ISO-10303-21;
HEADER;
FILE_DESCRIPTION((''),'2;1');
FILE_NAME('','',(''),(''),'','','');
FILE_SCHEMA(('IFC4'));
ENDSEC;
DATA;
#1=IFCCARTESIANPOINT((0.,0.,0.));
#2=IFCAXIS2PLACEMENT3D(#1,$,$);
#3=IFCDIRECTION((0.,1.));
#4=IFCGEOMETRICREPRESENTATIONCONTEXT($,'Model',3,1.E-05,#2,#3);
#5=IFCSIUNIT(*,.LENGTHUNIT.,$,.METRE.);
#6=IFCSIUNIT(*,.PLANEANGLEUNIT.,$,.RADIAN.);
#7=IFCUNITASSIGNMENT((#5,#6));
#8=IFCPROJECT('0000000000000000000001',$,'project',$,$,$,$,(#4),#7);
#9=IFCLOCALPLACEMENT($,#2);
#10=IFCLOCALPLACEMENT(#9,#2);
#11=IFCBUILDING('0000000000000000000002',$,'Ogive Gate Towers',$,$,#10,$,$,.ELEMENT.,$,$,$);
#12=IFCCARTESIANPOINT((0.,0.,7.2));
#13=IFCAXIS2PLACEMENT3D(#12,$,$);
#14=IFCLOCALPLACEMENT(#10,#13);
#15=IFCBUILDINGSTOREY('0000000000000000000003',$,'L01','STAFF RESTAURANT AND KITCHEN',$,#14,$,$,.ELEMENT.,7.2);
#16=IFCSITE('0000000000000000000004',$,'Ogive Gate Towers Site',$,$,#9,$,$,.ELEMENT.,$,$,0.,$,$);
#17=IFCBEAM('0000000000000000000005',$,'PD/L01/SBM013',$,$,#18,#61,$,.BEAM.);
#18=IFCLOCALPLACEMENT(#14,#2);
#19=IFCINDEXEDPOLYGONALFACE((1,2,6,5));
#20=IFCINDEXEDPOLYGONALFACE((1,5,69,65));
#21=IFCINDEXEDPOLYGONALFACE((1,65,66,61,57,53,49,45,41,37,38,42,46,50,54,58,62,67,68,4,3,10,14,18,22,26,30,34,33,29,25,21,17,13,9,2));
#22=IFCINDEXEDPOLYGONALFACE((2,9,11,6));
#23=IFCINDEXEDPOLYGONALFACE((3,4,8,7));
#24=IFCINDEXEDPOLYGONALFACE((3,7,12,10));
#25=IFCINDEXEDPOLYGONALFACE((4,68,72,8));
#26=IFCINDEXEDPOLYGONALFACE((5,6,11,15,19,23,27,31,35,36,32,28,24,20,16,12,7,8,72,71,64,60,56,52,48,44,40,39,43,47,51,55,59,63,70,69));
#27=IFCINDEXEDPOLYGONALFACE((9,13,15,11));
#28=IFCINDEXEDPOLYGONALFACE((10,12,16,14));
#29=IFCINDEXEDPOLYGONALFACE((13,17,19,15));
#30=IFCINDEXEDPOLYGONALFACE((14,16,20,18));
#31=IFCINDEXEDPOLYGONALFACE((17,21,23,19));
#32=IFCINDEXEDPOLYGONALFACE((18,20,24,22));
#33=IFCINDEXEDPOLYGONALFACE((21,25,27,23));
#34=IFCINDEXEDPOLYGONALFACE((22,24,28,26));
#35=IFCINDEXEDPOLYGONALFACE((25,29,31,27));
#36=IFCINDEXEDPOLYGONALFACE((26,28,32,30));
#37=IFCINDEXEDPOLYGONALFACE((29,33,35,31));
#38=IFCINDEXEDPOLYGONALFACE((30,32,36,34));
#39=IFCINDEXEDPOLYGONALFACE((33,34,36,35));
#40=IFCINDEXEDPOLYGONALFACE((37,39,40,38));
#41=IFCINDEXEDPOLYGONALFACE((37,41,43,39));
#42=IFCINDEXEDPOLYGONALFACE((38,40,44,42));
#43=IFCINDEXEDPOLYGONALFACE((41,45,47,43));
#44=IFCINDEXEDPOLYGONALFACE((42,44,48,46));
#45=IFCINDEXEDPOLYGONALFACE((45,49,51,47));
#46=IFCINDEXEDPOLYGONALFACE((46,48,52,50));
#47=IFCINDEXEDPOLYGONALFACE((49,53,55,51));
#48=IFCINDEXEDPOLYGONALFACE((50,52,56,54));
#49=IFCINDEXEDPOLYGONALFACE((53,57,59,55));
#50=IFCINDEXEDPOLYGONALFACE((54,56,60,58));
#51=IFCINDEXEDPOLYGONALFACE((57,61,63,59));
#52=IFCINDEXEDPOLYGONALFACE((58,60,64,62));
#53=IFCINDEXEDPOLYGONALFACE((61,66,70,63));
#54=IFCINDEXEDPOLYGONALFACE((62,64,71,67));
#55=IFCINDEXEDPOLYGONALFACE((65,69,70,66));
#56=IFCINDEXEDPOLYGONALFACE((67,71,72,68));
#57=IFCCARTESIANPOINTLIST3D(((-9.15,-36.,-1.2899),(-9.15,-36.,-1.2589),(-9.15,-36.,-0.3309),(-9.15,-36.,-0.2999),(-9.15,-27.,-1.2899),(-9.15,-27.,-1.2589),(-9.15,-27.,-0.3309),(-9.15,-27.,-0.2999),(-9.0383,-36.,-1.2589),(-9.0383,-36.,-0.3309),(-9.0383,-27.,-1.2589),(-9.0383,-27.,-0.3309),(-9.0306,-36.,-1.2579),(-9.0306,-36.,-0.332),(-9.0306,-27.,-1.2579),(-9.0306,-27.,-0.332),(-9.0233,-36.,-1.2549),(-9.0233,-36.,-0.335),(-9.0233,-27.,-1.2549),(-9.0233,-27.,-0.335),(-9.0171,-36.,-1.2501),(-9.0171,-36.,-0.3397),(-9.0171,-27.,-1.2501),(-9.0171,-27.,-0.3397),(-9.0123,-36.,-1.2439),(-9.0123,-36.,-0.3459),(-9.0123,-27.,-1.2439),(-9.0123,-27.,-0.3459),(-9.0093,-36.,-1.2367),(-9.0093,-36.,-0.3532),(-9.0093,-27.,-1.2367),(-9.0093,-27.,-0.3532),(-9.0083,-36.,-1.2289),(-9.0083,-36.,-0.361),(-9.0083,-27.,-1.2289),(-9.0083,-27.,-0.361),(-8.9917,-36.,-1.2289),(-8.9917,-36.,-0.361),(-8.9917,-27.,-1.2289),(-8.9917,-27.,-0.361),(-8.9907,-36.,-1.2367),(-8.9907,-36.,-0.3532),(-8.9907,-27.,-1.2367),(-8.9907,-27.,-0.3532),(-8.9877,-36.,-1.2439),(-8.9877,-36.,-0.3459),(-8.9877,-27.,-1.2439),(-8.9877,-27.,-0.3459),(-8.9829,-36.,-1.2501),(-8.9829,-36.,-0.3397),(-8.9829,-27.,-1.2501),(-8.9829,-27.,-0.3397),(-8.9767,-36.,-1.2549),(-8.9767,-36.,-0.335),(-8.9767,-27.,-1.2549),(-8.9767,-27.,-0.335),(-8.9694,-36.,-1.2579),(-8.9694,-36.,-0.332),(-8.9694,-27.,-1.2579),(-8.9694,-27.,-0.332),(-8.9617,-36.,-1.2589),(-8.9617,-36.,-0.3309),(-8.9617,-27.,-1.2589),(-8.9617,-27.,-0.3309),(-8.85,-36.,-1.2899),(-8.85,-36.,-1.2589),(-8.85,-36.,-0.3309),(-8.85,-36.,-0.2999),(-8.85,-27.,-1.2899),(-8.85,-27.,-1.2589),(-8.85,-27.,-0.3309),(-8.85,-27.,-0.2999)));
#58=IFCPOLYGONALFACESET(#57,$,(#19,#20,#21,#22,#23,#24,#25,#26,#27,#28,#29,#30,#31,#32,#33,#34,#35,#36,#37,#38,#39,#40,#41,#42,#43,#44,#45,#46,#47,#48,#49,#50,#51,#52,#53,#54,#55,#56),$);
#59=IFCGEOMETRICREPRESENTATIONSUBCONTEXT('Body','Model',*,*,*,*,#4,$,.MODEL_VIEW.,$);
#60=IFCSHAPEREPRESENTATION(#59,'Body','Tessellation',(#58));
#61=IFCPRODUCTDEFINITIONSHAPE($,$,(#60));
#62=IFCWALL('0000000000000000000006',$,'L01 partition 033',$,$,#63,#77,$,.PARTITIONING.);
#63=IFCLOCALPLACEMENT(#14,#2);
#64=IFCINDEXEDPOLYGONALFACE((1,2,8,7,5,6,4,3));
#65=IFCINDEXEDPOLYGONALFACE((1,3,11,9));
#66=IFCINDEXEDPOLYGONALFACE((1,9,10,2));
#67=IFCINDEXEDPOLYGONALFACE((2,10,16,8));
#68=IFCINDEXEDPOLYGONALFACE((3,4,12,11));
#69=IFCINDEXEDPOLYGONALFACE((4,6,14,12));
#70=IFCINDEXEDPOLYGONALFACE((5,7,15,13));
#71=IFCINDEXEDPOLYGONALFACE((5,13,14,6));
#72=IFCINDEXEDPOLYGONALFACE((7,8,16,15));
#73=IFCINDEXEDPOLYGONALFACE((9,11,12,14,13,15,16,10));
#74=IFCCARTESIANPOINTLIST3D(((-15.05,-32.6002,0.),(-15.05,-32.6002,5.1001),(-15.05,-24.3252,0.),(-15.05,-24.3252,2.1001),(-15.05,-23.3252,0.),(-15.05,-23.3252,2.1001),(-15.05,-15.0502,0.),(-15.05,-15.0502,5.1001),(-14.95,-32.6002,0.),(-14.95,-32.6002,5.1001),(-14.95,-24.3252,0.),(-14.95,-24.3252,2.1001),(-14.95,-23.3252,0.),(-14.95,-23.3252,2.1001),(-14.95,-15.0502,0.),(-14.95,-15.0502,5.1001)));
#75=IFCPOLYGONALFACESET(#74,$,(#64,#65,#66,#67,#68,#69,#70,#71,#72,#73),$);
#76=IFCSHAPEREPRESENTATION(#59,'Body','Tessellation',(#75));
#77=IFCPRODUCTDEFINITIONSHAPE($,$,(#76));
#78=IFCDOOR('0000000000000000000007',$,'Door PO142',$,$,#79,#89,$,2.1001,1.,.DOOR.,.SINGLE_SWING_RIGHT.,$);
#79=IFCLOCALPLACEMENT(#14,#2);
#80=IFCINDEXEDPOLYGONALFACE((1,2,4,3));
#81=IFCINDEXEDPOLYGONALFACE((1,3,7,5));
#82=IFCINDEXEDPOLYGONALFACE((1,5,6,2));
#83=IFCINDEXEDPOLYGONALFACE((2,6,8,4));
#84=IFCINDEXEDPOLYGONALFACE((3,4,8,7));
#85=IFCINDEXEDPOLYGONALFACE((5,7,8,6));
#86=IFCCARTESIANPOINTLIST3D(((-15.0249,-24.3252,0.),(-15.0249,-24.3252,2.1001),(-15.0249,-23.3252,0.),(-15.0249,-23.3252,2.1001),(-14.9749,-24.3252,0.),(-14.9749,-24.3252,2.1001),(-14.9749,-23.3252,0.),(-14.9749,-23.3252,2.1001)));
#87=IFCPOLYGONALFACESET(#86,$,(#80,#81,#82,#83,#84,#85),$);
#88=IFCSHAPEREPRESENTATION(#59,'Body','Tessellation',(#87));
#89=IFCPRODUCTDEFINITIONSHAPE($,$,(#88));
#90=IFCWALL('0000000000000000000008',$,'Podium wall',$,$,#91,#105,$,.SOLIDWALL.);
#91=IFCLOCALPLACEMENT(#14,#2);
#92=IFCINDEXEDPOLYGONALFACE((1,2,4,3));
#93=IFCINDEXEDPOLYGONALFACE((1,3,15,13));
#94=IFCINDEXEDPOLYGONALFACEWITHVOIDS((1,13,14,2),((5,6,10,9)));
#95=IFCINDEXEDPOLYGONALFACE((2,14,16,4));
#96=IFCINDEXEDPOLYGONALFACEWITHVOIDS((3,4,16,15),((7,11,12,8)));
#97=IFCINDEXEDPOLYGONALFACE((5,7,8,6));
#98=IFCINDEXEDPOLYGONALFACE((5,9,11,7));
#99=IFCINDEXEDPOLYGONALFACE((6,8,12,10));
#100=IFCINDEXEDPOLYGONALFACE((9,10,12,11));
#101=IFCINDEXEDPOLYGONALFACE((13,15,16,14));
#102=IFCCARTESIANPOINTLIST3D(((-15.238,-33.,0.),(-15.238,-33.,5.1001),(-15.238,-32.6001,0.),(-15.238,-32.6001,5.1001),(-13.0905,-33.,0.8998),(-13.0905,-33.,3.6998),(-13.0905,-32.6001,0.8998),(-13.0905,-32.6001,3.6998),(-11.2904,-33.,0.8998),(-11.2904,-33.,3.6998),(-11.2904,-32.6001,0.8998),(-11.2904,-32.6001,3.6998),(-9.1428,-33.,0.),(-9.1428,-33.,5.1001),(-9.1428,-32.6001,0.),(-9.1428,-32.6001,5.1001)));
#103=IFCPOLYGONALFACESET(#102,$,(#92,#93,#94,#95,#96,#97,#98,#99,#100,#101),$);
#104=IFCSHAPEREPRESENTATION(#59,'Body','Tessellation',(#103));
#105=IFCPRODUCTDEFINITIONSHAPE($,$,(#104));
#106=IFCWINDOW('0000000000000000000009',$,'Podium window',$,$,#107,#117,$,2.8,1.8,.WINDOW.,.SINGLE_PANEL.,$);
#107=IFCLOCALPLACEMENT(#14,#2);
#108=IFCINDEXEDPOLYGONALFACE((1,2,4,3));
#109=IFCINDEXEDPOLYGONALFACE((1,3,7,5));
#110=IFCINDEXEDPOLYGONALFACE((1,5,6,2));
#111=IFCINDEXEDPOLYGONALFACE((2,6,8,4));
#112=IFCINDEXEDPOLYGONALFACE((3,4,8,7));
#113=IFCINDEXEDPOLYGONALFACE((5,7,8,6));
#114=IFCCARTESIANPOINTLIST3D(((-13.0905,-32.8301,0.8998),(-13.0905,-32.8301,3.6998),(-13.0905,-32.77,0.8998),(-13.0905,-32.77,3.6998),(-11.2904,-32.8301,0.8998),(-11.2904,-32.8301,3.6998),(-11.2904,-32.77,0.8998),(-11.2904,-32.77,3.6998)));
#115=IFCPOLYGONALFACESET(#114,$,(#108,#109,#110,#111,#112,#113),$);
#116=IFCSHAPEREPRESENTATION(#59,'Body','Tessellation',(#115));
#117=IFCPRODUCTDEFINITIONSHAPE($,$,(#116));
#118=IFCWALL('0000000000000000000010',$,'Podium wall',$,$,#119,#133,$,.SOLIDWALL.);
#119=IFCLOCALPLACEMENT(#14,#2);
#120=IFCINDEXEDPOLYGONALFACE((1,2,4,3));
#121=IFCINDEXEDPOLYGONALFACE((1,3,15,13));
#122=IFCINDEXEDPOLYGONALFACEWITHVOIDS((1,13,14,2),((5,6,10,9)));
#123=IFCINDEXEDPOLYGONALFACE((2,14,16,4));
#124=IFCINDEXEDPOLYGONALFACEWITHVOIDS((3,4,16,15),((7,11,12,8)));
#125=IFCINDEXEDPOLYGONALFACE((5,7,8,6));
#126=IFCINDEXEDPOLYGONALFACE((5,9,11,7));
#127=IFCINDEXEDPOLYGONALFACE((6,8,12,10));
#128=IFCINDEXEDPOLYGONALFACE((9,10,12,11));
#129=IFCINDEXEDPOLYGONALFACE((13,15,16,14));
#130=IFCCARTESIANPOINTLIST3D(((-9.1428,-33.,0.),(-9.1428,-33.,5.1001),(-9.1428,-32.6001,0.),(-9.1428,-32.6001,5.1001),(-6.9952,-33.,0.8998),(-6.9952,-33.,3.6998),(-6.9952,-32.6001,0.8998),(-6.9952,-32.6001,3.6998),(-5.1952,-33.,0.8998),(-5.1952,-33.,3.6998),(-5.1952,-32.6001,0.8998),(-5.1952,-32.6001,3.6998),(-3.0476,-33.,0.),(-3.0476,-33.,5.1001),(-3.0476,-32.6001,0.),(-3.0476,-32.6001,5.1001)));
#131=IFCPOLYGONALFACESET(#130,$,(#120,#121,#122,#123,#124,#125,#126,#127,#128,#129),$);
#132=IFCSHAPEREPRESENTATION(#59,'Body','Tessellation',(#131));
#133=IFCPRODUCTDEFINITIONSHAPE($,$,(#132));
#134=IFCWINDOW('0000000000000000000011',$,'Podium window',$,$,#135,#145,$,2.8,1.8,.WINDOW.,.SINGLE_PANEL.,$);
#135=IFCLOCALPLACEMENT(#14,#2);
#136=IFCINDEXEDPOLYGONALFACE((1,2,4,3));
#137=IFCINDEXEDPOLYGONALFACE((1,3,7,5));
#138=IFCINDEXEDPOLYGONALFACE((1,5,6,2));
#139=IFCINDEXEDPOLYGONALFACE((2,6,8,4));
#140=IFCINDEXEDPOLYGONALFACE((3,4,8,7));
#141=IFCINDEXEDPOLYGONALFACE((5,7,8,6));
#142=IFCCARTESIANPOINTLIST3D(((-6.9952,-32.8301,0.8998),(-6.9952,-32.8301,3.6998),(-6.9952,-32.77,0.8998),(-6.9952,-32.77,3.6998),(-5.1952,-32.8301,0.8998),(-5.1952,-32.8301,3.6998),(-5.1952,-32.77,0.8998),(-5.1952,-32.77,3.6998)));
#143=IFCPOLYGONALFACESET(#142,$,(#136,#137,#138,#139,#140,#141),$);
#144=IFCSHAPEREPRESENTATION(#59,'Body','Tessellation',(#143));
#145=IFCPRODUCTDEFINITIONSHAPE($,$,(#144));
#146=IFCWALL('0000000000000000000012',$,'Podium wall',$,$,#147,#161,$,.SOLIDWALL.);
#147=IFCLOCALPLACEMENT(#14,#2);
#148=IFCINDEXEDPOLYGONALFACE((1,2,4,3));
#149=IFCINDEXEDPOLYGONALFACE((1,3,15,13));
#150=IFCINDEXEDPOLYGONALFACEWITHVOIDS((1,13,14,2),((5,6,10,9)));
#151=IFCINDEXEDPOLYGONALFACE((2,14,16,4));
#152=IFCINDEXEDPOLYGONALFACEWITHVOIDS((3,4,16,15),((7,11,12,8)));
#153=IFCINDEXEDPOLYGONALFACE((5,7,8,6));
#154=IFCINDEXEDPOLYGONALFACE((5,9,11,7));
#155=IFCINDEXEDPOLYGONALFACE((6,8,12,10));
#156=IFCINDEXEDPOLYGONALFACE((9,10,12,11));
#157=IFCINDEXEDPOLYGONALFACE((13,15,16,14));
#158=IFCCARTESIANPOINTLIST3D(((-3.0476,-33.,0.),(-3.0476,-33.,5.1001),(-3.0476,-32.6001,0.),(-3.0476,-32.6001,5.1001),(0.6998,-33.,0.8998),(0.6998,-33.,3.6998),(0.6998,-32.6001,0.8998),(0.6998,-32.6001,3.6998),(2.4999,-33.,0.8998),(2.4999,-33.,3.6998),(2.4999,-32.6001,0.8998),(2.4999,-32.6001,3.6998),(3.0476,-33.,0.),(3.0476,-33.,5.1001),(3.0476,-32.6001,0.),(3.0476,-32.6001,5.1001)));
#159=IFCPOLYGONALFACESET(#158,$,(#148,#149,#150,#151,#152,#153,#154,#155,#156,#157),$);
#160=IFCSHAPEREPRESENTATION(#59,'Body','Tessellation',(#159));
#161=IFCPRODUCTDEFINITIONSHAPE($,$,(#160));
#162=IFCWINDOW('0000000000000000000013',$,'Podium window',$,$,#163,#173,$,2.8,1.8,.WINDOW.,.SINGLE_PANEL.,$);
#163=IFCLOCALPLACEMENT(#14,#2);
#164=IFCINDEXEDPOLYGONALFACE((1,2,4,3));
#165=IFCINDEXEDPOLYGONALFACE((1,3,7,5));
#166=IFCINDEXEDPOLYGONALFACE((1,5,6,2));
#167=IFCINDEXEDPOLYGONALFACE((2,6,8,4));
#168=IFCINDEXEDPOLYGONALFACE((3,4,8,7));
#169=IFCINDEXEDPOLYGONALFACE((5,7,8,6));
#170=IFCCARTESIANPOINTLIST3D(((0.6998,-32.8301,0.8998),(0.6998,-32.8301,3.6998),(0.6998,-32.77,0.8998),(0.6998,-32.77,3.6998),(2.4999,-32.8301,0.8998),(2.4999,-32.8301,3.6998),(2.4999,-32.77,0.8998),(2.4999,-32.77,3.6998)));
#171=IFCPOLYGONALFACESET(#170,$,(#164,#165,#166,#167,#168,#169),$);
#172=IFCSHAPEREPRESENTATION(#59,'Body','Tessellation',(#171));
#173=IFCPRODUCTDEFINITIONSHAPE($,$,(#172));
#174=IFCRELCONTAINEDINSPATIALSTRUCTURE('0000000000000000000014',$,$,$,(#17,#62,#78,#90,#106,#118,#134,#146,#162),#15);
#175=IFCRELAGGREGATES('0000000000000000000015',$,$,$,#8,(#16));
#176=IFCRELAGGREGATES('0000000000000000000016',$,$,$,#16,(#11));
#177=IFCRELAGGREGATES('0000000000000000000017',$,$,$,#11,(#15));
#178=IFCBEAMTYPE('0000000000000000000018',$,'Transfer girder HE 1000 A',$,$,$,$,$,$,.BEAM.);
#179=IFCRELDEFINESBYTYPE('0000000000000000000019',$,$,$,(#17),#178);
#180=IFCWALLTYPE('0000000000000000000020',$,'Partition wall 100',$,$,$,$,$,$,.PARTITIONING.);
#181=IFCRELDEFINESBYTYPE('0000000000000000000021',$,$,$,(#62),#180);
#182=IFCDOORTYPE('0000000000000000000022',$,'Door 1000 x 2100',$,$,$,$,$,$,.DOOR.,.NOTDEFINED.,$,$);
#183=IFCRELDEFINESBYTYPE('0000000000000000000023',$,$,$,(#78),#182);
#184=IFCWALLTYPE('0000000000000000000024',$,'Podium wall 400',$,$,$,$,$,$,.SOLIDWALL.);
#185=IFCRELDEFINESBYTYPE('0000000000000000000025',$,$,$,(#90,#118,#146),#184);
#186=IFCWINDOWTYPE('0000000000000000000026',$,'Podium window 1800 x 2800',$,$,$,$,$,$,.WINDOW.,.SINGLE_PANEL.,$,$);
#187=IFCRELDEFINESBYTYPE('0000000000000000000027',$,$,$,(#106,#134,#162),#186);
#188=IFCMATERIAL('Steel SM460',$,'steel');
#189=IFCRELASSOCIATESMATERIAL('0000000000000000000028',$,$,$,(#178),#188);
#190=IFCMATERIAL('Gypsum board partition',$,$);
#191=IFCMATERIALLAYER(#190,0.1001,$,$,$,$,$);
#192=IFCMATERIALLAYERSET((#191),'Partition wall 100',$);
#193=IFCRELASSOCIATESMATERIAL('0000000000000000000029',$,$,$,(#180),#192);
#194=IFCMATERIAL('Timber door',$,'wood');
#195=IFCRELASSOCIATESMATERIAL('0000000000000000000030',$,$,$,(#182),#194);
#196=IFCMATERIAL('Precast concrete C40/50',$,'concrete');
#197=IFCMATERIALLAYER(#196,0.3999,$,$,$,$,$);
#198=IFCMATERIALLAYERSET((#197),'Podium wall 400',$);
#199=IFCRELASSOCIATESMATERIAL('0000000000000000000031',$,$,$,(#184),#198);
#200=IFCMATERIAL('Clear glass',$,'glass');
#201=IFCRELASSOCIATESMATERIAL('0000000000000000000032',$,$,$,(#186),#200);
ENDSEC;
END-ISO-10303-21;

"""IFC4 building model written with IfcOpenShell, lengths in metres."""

from ifc_helpers import new_model, si_unit, direction, frame, frame_2d, origin, origin_2d, place, context, subcontext, project, spatial, rectangle, i_section, extrude, material, layer, layer_set, material_profile, profile_set, type_object, element, fill, save


model = new_model("IFC4")

# Units and contexts
model_context = context("Model", 3, precision=1e-05, world=origin(), true_north=direction((0.0, 1.0)))
body_context = subcontext(model_context, "Body", "Model", "MODEL_VIEW")
ifc_project = project(units=[si_unit("LENGTHUNIT", "METRE"), si_unit("PLANEANGLEUNIT", "RADIAN")], contexts=[model_context])

# Site, building, storey
site_placement = place(None, origin())
site = spatial("IfcSite", under=ifc_project, at=site_placement, Name="Ogive Gate Towers Site", CompositionType="ELEMENT", RefElevation=0.0)
building_placement = place(site_placement, origin())
building = spatial("IfcBuilding", under=site, at=building_placement, Name="Ogive Gate Towers", CompositionType="ELEMENT")
storey_placement = place(building_placement, frame((0.0, 0.0, 7.2)))
storey = spatial("IfcBuildingStorey", under=building, at=storey_placement, Name="L01", Description="STAFF RESTAURANT AND KITCHEN", CompositionType="ELEMENT", Elevation=7.2)

# Beam
ifc_material_1 = material(Name="Steel SM460", Category="steel")
ifc_material_profile_1 = material_profile(ifc_material_1, i_section(OverallWidth=0.3, OverallDepth=0.99, WebThickness=0.0166, FlangeThickness=0.031, FilletRadius=0.03, at=origin_2d()), Name="HE 1000 A")
ifc_profile_set_1 = profile_set([ifc_material_profile_1], Name="Steel SM460")
beam_type_1 = type_object("IfcBeamType", Name="Transfer girder HE 1000 A", PredefinedType="BEAM", material=ifc_profile_set_1)
for number, where, z_axis, x_axis, name in (
    (1, (-9.0, -36.0, -0.7949), (0.0, 1.0, 0.0), (-1.0, 0.0, 0.0), "PD/L01/SBM013"),
):
    element("IfcBeam", number, at=place(storey_placement, frame(where, z_axis=z_axis, x_axis=x_axis)), inside=storey, type_object=beam_type_1, Name=name, PredefinedType="BEAM", context=body_context, shape_type="SweptSolid", body=[
        extrude(i_section(OverallWidth=0.3, OverallDepth=0.99, WebThickness=0.0166, FlangeThickness=0.031, FilletRadius=0.03, at=origin_2d()), origin(), (0.0, 0.0, 1.0), 9.0),
    ])

# Wall, opening, door
ifc_material_2 = material(Name="Gypsum board partition")
ifc_layer_1 = layer(ifc_material_2, 0.1001)
ifc_layer_set_1 = layer_set([ifc_layer_1], Name="Partition wall 100")
wall_type_1 = type_object("IfcWallType", Name="Partition wall 100", PredefinedType="PARTITIONING", material=ifc_layer_set_1)
wall_1_placement = place(storey_placement, frame((-15.0, -32.6001, 0.0), z_axis=(0.0, 0.0, 1.0), x_axis=(0.0, 1.0, 0.0)))
wall_1 = element("IfcWall", 2, at=wall_1_placement, inside=storey, type_object=wall_type_1, Name="L01 partition 033", PredefinedType="PARTITIONING", context=body_context, shape_type="SweptSolid", body=[
    extrude(rectangle(XDim=17.55, YDim=0.1001, at=frame_2d((8.7749, 0.0))), origin(), (0.0, 0.0, 1.0), 5.1001),
])
opening_1_placement = place(wall_1_placement, frame((8.2749, 0.0, 0.0)))
opening_1 = element("IfcOpeningElement", 3, at=opening_1_placement, cuts=wall_1, PredefinedType="OPENING", context=body_context, shape_type="SweptSolid", body=[
    extrude(rectangle(XDim=1.0, YDim=2.1001, at=frame_2d((0.5, 1.05))), frame((0.0, 0.0601, 0.0), z_axis=(0.0, -1.0, 0.0), x_axis=(1.0, 0.0, 0.0)), (0.0, 0.0, 1.0), 0.1201),
])
ifc_material_3 = material(Name="Timber door", Category="wood")
door_type = type_object("IfcDoorType", Name="Door 1000 x 2100", OperationType="NOTDEFINED", PredefinedType="DOOR", material=ifc_material_3)
door_placement = place(opening_1_placement, origin())
door = element("IfcDoor", 4, at=door_placement, inside=storey, type_object=door_type, Name="Door PO142", OperationType="SINGLE_SWING_RIGHT", OverallHeight=2.1001, OverallWidth=1.0, PredefinedType="DOOR", context=body_context, shape_type="SweptSolid", body=[
    extrude(rectangle(XDim=1.0, YDim=2.1001, at=frame_2d((0.5, 1.05))), frame((0.0, 0.0249, 0.0), z_axis=(0.0, -1.0, 0.0), x_axis=(1.0, 0.0, 0.0)), (0.0, 0.0, 1.0), 0.05),
])
fill(opening_1, door)

# Walls, openings, windows
ifc_material_4 = material(Name="Precast concrete C40/50", Category="concrete")
ifc_layer_2 = layer(ifc_material_4, 0.3999)
ifc_layer_set_2 = layer_set([ifc_layer_2], Name="Podium wall 400")
wall_type_2 = type_object("IfcWallType", Name="Podium wall 400", PredefinedType="SOLIDWALL", material=ifc_layer_set_2)
wall_2_placement = place(storey_placement, frame((-15.238, -32.8, 0.0), z_axis=(0.0, 0.0, 1.0), x_axis=(1.0, 0.0, 0.0)))
wall_2 = element("IfcWall", 5, at=wall_2_placement, inside=storey, type_object=wall_type_2, Name="Podium wall", PredefinedType="SOLIDWALL", context=body_context, shape_type="SweptSolid", body=[
    extrude(rectangle(XDim=6.0952, YDim=0.3999, at=frame_2d((3.0476, 0.0))), origin(), (0.0, 0.0, 1.0), 5.1001),
])
opening_2_placement = place(wall_2_placement, frame((2.1477, 0.0, 0.8999)))
opening_2 = element("IfcOpeningElement", 6, at=opening_2_placement, cuts=wall_2, PredefinedType="OPENING", context=body_context, shape_type="SweptSolid", body=[
    extrude(rectangle(XDim=1.8, YDim=2.8, at=frame_2d((0.8999, 1.3999))), frame((0.0, 0.21, 0.0), z_axis=(0.0, -1.0, 0.0), x_axis=(1.0, 0.0, 0.0)), (0.0, 0.0, 1.0), 0.4199),
])
ifc_material_5 = material(Name="Clear glass", Category="glass")
window_type = type_object("IfcWindowType", Name="Podium window 1800 x 2800", PartitioningType="SINGLE_PANEL", PredefinedType="WINDOW", material=ifc_material_5)
window_1_placement = place(opening_2_placement, origin())
window_1 = element("IfcWindow", 7, at=window_1_placement, inside=storey, type_object=window_type, Name="Podium window", OverallHeight=2.8, OverallWidth=1.8, PartitioningType="SINGLE_PANEL", PredefinedType="WINDOW", context=body_context, shape_type="SweptSolid", body=[
    extrude(rectangle(XDim=1.8, YDim=2.8, at=frame_2d((0.8999, 1.3999))), frame((0.0, 0.03, 0.0), z_axis=(0.0, -1.0, 0.0), x_axis=(1.0, 0.0, 0.0)), (0.0, 0.0, 1.0), 0.0601),
])
fill(opening_2, window_1)
wall_3_placement = place(storey_placement, frame((-9.1428, -32.8, 0.0), z_axis=(0.0, 0.0, 1.0), x_axis=(1.0, 0.0, 0.0)))
wall_3 = element("IfcWall", 8, at=wall_3_placement, inside=storey, type_object=wall_type_2, Name="Podium wall", PredefinedType="SOLIDWALL", context=body_context, shape_type="SweptSolid", body=[
    extrude(rectangle(XDim=6.0952, YDim=0.3999, at=frame_2d((3.0476, 0.0))), origin(), (0.0, 0.0, 1.0), 5.1001),
])
opening_3_placement = place(wall_3_placement, frame((2.1477, 0.0, 0.8999)))
opening_3 = element("IfcOpeningElement", 9, at=opening_3_placement, cuts=wall_3, PredefinedType="OPENING", context=body_context, shape_type="SweptSolid", body=[
    extrude(rectangle(XDim=1.8, YDim=2.8, at=frame_2d((0.8999, 1.3999))), frame((0.0, 0.21, 0.0), z_axis=(0.0, -1.0, 0.0), x_axis=(1.0, 0.0, 0.0)), (0.0, 0.0, 1.0), 0.4199),
])
window_2_placement = place(opening_3_placement, origin())
window_2 = element("IfcWindow", 10, at=window_2_placement, inside=storey, type_object=window_type, Name="Podium window", OverallHeight=2.8, OverallWidth=1.8, PartitioningType="SINGLE_PANEL", PredefinedType="WINDOW", context=body_context, shape_type="SweptSolid", body=[
    extrude(rectangle(XDim=1.8, YDim=2.8, at=frame_2d((0.8999, 1.3999))), frame((0.0, 0.03, 0.0), z_axis=(0.0, -1.0, 0.0), x_axis=(1.0, 0.0, 0.0)), (0.0, 0.0, 1.0), 0.0601),
])
fill(opening_3, window_2)
wall_4_placement = place(storey_placement, frame((-3.0476, -32.8, 0.0), z_axis=(0.0, 0.0, 1.0), x_axis=(1.0, 0.0, 0.0)))
wall_4 = element("IfcWall", 11, at=wall_4_placement, inside=storey, type_object=wall_type_2, Name="Podium wall", PredefinedType="SOLIDWALL", context=body_context, shape_type="SweptSolid", body=[
    extrude(rectangle(XDim=6.0952, YDim=0.3999, at=frame_2d((3.0476, 0.0))), origin(), (0.0, 0.0, 1.0), 5.1001),
])
opening_4_placement = place(wall_4_placement, frame((3.7476, 0.0, 0.8999)))
opening_4 = element("IfcOpeningElement", 12, at=opening_4_placement, cuts=wall_4, PredefinedType="OPENING", context=body_context, shape_type="SweptSolid", body=[
    extrude(rectangle(XDim=1.8, YDim=2.8, at=frame_2d((0.8999, 1.3999))), frame((0.0, 0.21, 0.0), z_axis=(0.0, -1.0, 0.0), x_axis=(1.0, 0.0, 0.0)), (0.0, 0.0, 1.0), 0.4199),
])
window_3_placement = place(opening_4_placement, origin())
window_3 = element("IfcWindow", 13, at=window_3_placement, inside=storey, type_object=window_type, Name="Podium window", OverallHeight=2.8, OverallWidth=1.8, PartitioningType="SINGLE_PANEL", PredefinedType="WINDOW", context=body_context, shape_type="SweptSolid", body=[
    extrude(rectangle(XDim=1.8, YDim=2.8, at=frame_2d((0.8999, 1.3999))), frame((0.0, 0.03, 0.0), z_axis=(0.0, -1.0, 0.0), x_axis=(1.0, 0.0, 0.0)), (0.0, 0.0, 1.0), 0.0601),
])
fill(opening_4, window_3)

save(model, "model.ifc")
